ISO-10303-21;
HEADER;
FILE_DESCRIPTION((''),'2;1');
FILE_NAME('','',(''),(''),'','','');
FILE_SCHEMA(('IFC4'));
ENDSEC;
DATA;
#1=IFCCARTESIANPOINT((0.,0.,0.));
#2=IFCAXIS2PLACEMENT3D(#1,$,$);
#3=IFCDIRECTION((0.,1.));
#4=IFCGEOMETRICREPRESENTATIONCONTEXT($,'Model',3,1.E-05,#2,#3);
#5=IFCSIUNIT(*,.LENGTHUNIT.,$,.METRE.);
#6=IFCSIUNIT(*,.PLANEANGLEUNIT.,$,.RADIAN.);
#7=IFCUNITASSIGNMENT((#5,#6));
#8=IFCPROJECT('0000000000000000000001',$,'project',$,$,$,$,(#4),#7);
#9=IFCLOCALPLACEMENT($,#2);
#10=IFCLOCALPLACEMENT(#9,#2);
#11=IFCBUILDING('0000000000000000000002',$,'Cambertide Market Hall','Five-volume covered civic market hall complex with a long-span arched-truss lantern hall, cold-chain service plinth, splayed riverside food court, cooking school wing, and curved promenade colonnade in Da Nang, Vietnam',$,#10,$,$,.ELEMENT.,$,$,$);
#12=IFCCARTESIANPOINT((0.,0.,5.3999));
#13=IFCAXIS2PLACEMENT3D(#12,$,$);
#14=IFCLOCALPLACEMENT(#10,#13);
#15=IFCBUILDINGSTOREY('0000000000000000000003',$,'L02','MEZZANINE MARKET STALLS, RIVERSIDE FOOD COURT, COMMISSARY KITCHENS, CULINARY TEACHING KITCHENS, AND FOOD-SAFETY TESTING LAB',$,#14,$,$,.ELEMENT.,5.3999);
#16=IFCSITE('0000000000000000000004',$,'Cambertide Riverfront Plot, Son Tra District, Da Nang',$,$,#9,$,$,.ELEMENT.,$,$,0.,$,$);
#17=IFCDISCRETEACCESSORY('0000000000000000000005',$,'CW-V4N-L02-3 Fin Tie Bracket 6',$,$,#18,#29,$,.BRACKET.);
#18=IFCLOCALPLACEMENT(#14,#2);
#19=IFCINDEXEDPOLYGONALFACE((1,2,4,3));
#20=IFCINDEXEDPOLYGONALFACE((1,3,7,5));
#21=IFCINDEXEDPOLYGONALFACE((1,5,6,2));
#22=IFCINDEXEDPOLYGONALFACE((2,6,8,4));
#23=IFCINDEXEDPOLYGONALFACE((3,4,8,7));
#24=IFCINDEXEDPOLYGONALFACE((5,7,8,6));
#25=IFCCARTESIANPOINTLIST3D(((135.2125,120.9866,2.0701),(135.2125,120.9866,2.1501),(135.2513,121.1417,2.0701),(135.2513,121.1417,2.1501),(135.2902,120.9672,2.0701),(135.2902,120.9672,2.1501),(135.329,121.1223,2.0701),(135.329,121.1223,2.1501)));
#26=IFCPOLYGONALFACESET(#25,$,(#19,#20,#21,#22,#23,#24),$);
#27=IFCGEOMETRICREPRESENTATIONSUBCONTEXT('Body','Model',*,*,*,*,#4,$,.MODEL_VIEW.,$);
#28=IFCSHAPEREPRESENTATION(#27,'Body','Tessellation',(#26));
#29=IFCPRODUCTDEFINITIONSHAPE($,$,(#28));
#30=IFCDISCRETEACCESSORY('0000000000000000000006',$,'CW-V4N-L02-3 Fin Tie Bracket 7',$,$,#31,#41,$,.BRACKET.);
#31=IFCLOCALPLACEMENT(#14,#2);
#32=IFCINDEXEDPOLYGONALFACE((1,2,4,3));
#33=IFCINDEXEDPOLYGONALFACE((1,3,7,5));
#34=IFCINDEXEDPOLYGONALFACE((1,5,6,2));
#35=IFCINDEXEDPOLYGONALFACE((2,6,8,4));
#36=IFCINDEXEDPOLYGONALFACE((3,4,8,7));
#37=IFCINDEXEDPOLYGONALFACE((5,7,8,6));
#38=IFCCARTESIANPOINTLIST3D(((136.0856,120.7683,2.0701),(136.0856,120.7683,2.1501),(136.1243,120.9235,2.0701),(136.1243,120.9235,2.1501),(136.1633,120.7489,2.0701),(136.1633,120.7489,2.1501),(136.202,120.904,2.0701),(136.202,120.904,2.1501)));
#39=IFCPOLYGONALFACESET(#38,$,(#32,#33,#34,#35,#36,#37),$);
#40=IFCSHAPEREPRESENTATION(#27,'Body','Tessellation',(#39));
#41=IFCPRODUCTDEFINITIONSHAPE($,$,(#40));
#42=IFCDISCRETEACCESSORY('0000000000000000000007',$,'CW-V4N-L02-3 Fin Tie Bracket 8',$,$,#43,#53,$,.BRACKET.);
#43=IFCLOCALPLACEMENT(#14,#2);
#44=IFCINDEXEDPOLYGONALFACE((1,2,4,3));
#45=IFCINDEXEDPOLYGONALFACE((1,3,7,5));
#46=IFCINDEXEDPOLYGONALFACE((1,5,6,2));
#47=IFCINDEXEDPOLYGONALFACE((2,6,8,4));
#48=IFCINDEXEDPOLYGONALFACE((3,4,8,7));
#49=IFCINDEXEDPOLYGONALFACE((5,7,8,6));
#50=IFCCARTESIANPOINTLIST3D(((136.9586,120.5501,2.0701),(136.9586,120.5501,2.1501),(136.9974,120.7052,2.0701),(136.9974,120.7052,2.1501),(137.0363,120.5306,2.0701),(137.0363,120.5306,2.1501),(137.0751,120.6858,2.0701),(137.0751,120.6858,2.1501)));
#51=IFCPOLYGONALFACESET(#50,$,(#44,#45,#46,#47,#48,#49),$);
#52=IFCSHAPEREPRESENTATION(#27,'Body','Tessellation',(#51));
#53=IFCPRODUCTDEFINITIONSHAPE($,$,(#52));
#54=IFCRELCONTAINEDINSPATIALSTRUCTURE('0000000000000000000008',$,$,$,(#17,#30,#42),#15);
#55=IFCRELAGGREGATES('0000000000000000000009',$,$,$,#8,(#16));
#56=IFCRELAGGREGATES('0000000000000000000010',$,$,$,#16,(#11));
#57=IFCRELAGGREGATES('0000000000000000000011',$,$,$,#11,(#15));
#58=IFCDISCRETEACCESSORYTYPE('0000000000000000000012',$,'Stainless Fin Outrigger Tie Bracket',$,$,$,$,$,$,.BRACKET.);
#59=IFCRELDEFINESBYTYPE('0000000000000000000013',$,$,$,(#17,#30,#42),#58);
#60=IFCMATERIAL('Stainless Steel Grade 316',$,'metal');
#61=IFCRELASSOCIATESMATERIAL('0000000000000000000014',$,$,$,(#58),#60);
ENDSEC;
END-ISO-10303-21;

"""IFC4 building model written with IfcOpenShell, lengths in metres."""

from ifc_helpers import new_model, si_unit, direction, frame, origin, origin_2d, place, context, subcontext, project, spatial, rectangle, extrude, material, type_object, element, save


model = new_model("IFC4")

# Units and contexts
model_context = context("Model", 3, precision=1e-05, world=origin(), true_north=direction((0.0, 1.0)))
body_context = subcontext(model_context, "Body", "Model", "MODEL_VIEW")
ifc_project = project(units=[si_unit("LENGTHUNIT", "METRE"), si_unit("PLANEANGLEUNIT", "RADIAN")], contexts=[model_context])

# Site, building, storey
site_placement = place(None, origin())
site = spatial("IfcSite", under=ifc_project, at=site_placement, Name="Cambertide Riverfront Plot, Son Tra District, Da Nang", CompositionType="ELEMENT", RefElevation=0.0)
building_placement = place(site_placement, origin())
building = spatial("IfcBuilding", under=site, at=building_placement, Name="Cambertide Market Hall", Description="Five-volume covered civic market hall complex with a long-span arched-truss lantern hall, cold-chain service plinth, splayed riverside food court, cooking school wing, and curved promenade colonnade in Da Nang, Vietnam", CompositionType="ELEMENT")
storey_placement = place(building_placement, frame((0.0, 0.0, 5.3999)))
storey = spatial("IfcBuildingStorey", under=building, at=storey_placement, Name="L02", Description="MEZZANINE MARKET STALLS, RIVERSIDE FOOD COURT, COMMISSARY KITCHENS, CULINARY TEACHING KITCHENS, AND FOOD-SAFETY TESTING LAB", CompositionType="ELEMENT", Elevation=5.3999)

# Discrete accessories
ifc_material_1 = material(Name="Stainless Steel Grade 316", Category="metal")
discrete_accessory_type = type_object("IfcDiscreteAccessoryType", Name="Stainless Fin Outrigger Tie Bracket", PredefinedType="BRACKET", material=ifc_material_1)
for number, where, z_axis, x_axis, name in (
    (1, (135.2708, 121.0544, 2.0701), (0.0, 0.0, 1.0), (0.970143, -0.242536, 0.0), "CW-V4N-L02-3 Fin Tie Bracket 6"),
    (2, (136.1438, 120.8362, 2.0701), (0.0, 0.0, 1.0), (0.970143, -0.242536, 0.0), "CW-V4N-L02-3 Fin Tie Bracket 7"),
    (3, (137.0168, 120.6179, 2.0701), (0.0, 0.0, 1.0), (0.970143, -0.242536, 0.0), "CW-V4N-L02-3 Fin Tie Bracket 8"),
):
    element("IfcDiscreteAccessory", number, at=place(storey_placement, frame(where, z_axis=z_axis, x_axis=x_axis)), inside=storey, type_object=discrete_accessory_type, Name=name, PredefinedType="BRACKET", context=body_context, shape_type="SweptSolid", body=[
        extrude(rectangle(XDim=0.0801, YDim=0.1599, at=origin_2d()), origin(), (0.0, 0.0, 1.0), 0.0801),
    ])

save(model, "model.ifc")
